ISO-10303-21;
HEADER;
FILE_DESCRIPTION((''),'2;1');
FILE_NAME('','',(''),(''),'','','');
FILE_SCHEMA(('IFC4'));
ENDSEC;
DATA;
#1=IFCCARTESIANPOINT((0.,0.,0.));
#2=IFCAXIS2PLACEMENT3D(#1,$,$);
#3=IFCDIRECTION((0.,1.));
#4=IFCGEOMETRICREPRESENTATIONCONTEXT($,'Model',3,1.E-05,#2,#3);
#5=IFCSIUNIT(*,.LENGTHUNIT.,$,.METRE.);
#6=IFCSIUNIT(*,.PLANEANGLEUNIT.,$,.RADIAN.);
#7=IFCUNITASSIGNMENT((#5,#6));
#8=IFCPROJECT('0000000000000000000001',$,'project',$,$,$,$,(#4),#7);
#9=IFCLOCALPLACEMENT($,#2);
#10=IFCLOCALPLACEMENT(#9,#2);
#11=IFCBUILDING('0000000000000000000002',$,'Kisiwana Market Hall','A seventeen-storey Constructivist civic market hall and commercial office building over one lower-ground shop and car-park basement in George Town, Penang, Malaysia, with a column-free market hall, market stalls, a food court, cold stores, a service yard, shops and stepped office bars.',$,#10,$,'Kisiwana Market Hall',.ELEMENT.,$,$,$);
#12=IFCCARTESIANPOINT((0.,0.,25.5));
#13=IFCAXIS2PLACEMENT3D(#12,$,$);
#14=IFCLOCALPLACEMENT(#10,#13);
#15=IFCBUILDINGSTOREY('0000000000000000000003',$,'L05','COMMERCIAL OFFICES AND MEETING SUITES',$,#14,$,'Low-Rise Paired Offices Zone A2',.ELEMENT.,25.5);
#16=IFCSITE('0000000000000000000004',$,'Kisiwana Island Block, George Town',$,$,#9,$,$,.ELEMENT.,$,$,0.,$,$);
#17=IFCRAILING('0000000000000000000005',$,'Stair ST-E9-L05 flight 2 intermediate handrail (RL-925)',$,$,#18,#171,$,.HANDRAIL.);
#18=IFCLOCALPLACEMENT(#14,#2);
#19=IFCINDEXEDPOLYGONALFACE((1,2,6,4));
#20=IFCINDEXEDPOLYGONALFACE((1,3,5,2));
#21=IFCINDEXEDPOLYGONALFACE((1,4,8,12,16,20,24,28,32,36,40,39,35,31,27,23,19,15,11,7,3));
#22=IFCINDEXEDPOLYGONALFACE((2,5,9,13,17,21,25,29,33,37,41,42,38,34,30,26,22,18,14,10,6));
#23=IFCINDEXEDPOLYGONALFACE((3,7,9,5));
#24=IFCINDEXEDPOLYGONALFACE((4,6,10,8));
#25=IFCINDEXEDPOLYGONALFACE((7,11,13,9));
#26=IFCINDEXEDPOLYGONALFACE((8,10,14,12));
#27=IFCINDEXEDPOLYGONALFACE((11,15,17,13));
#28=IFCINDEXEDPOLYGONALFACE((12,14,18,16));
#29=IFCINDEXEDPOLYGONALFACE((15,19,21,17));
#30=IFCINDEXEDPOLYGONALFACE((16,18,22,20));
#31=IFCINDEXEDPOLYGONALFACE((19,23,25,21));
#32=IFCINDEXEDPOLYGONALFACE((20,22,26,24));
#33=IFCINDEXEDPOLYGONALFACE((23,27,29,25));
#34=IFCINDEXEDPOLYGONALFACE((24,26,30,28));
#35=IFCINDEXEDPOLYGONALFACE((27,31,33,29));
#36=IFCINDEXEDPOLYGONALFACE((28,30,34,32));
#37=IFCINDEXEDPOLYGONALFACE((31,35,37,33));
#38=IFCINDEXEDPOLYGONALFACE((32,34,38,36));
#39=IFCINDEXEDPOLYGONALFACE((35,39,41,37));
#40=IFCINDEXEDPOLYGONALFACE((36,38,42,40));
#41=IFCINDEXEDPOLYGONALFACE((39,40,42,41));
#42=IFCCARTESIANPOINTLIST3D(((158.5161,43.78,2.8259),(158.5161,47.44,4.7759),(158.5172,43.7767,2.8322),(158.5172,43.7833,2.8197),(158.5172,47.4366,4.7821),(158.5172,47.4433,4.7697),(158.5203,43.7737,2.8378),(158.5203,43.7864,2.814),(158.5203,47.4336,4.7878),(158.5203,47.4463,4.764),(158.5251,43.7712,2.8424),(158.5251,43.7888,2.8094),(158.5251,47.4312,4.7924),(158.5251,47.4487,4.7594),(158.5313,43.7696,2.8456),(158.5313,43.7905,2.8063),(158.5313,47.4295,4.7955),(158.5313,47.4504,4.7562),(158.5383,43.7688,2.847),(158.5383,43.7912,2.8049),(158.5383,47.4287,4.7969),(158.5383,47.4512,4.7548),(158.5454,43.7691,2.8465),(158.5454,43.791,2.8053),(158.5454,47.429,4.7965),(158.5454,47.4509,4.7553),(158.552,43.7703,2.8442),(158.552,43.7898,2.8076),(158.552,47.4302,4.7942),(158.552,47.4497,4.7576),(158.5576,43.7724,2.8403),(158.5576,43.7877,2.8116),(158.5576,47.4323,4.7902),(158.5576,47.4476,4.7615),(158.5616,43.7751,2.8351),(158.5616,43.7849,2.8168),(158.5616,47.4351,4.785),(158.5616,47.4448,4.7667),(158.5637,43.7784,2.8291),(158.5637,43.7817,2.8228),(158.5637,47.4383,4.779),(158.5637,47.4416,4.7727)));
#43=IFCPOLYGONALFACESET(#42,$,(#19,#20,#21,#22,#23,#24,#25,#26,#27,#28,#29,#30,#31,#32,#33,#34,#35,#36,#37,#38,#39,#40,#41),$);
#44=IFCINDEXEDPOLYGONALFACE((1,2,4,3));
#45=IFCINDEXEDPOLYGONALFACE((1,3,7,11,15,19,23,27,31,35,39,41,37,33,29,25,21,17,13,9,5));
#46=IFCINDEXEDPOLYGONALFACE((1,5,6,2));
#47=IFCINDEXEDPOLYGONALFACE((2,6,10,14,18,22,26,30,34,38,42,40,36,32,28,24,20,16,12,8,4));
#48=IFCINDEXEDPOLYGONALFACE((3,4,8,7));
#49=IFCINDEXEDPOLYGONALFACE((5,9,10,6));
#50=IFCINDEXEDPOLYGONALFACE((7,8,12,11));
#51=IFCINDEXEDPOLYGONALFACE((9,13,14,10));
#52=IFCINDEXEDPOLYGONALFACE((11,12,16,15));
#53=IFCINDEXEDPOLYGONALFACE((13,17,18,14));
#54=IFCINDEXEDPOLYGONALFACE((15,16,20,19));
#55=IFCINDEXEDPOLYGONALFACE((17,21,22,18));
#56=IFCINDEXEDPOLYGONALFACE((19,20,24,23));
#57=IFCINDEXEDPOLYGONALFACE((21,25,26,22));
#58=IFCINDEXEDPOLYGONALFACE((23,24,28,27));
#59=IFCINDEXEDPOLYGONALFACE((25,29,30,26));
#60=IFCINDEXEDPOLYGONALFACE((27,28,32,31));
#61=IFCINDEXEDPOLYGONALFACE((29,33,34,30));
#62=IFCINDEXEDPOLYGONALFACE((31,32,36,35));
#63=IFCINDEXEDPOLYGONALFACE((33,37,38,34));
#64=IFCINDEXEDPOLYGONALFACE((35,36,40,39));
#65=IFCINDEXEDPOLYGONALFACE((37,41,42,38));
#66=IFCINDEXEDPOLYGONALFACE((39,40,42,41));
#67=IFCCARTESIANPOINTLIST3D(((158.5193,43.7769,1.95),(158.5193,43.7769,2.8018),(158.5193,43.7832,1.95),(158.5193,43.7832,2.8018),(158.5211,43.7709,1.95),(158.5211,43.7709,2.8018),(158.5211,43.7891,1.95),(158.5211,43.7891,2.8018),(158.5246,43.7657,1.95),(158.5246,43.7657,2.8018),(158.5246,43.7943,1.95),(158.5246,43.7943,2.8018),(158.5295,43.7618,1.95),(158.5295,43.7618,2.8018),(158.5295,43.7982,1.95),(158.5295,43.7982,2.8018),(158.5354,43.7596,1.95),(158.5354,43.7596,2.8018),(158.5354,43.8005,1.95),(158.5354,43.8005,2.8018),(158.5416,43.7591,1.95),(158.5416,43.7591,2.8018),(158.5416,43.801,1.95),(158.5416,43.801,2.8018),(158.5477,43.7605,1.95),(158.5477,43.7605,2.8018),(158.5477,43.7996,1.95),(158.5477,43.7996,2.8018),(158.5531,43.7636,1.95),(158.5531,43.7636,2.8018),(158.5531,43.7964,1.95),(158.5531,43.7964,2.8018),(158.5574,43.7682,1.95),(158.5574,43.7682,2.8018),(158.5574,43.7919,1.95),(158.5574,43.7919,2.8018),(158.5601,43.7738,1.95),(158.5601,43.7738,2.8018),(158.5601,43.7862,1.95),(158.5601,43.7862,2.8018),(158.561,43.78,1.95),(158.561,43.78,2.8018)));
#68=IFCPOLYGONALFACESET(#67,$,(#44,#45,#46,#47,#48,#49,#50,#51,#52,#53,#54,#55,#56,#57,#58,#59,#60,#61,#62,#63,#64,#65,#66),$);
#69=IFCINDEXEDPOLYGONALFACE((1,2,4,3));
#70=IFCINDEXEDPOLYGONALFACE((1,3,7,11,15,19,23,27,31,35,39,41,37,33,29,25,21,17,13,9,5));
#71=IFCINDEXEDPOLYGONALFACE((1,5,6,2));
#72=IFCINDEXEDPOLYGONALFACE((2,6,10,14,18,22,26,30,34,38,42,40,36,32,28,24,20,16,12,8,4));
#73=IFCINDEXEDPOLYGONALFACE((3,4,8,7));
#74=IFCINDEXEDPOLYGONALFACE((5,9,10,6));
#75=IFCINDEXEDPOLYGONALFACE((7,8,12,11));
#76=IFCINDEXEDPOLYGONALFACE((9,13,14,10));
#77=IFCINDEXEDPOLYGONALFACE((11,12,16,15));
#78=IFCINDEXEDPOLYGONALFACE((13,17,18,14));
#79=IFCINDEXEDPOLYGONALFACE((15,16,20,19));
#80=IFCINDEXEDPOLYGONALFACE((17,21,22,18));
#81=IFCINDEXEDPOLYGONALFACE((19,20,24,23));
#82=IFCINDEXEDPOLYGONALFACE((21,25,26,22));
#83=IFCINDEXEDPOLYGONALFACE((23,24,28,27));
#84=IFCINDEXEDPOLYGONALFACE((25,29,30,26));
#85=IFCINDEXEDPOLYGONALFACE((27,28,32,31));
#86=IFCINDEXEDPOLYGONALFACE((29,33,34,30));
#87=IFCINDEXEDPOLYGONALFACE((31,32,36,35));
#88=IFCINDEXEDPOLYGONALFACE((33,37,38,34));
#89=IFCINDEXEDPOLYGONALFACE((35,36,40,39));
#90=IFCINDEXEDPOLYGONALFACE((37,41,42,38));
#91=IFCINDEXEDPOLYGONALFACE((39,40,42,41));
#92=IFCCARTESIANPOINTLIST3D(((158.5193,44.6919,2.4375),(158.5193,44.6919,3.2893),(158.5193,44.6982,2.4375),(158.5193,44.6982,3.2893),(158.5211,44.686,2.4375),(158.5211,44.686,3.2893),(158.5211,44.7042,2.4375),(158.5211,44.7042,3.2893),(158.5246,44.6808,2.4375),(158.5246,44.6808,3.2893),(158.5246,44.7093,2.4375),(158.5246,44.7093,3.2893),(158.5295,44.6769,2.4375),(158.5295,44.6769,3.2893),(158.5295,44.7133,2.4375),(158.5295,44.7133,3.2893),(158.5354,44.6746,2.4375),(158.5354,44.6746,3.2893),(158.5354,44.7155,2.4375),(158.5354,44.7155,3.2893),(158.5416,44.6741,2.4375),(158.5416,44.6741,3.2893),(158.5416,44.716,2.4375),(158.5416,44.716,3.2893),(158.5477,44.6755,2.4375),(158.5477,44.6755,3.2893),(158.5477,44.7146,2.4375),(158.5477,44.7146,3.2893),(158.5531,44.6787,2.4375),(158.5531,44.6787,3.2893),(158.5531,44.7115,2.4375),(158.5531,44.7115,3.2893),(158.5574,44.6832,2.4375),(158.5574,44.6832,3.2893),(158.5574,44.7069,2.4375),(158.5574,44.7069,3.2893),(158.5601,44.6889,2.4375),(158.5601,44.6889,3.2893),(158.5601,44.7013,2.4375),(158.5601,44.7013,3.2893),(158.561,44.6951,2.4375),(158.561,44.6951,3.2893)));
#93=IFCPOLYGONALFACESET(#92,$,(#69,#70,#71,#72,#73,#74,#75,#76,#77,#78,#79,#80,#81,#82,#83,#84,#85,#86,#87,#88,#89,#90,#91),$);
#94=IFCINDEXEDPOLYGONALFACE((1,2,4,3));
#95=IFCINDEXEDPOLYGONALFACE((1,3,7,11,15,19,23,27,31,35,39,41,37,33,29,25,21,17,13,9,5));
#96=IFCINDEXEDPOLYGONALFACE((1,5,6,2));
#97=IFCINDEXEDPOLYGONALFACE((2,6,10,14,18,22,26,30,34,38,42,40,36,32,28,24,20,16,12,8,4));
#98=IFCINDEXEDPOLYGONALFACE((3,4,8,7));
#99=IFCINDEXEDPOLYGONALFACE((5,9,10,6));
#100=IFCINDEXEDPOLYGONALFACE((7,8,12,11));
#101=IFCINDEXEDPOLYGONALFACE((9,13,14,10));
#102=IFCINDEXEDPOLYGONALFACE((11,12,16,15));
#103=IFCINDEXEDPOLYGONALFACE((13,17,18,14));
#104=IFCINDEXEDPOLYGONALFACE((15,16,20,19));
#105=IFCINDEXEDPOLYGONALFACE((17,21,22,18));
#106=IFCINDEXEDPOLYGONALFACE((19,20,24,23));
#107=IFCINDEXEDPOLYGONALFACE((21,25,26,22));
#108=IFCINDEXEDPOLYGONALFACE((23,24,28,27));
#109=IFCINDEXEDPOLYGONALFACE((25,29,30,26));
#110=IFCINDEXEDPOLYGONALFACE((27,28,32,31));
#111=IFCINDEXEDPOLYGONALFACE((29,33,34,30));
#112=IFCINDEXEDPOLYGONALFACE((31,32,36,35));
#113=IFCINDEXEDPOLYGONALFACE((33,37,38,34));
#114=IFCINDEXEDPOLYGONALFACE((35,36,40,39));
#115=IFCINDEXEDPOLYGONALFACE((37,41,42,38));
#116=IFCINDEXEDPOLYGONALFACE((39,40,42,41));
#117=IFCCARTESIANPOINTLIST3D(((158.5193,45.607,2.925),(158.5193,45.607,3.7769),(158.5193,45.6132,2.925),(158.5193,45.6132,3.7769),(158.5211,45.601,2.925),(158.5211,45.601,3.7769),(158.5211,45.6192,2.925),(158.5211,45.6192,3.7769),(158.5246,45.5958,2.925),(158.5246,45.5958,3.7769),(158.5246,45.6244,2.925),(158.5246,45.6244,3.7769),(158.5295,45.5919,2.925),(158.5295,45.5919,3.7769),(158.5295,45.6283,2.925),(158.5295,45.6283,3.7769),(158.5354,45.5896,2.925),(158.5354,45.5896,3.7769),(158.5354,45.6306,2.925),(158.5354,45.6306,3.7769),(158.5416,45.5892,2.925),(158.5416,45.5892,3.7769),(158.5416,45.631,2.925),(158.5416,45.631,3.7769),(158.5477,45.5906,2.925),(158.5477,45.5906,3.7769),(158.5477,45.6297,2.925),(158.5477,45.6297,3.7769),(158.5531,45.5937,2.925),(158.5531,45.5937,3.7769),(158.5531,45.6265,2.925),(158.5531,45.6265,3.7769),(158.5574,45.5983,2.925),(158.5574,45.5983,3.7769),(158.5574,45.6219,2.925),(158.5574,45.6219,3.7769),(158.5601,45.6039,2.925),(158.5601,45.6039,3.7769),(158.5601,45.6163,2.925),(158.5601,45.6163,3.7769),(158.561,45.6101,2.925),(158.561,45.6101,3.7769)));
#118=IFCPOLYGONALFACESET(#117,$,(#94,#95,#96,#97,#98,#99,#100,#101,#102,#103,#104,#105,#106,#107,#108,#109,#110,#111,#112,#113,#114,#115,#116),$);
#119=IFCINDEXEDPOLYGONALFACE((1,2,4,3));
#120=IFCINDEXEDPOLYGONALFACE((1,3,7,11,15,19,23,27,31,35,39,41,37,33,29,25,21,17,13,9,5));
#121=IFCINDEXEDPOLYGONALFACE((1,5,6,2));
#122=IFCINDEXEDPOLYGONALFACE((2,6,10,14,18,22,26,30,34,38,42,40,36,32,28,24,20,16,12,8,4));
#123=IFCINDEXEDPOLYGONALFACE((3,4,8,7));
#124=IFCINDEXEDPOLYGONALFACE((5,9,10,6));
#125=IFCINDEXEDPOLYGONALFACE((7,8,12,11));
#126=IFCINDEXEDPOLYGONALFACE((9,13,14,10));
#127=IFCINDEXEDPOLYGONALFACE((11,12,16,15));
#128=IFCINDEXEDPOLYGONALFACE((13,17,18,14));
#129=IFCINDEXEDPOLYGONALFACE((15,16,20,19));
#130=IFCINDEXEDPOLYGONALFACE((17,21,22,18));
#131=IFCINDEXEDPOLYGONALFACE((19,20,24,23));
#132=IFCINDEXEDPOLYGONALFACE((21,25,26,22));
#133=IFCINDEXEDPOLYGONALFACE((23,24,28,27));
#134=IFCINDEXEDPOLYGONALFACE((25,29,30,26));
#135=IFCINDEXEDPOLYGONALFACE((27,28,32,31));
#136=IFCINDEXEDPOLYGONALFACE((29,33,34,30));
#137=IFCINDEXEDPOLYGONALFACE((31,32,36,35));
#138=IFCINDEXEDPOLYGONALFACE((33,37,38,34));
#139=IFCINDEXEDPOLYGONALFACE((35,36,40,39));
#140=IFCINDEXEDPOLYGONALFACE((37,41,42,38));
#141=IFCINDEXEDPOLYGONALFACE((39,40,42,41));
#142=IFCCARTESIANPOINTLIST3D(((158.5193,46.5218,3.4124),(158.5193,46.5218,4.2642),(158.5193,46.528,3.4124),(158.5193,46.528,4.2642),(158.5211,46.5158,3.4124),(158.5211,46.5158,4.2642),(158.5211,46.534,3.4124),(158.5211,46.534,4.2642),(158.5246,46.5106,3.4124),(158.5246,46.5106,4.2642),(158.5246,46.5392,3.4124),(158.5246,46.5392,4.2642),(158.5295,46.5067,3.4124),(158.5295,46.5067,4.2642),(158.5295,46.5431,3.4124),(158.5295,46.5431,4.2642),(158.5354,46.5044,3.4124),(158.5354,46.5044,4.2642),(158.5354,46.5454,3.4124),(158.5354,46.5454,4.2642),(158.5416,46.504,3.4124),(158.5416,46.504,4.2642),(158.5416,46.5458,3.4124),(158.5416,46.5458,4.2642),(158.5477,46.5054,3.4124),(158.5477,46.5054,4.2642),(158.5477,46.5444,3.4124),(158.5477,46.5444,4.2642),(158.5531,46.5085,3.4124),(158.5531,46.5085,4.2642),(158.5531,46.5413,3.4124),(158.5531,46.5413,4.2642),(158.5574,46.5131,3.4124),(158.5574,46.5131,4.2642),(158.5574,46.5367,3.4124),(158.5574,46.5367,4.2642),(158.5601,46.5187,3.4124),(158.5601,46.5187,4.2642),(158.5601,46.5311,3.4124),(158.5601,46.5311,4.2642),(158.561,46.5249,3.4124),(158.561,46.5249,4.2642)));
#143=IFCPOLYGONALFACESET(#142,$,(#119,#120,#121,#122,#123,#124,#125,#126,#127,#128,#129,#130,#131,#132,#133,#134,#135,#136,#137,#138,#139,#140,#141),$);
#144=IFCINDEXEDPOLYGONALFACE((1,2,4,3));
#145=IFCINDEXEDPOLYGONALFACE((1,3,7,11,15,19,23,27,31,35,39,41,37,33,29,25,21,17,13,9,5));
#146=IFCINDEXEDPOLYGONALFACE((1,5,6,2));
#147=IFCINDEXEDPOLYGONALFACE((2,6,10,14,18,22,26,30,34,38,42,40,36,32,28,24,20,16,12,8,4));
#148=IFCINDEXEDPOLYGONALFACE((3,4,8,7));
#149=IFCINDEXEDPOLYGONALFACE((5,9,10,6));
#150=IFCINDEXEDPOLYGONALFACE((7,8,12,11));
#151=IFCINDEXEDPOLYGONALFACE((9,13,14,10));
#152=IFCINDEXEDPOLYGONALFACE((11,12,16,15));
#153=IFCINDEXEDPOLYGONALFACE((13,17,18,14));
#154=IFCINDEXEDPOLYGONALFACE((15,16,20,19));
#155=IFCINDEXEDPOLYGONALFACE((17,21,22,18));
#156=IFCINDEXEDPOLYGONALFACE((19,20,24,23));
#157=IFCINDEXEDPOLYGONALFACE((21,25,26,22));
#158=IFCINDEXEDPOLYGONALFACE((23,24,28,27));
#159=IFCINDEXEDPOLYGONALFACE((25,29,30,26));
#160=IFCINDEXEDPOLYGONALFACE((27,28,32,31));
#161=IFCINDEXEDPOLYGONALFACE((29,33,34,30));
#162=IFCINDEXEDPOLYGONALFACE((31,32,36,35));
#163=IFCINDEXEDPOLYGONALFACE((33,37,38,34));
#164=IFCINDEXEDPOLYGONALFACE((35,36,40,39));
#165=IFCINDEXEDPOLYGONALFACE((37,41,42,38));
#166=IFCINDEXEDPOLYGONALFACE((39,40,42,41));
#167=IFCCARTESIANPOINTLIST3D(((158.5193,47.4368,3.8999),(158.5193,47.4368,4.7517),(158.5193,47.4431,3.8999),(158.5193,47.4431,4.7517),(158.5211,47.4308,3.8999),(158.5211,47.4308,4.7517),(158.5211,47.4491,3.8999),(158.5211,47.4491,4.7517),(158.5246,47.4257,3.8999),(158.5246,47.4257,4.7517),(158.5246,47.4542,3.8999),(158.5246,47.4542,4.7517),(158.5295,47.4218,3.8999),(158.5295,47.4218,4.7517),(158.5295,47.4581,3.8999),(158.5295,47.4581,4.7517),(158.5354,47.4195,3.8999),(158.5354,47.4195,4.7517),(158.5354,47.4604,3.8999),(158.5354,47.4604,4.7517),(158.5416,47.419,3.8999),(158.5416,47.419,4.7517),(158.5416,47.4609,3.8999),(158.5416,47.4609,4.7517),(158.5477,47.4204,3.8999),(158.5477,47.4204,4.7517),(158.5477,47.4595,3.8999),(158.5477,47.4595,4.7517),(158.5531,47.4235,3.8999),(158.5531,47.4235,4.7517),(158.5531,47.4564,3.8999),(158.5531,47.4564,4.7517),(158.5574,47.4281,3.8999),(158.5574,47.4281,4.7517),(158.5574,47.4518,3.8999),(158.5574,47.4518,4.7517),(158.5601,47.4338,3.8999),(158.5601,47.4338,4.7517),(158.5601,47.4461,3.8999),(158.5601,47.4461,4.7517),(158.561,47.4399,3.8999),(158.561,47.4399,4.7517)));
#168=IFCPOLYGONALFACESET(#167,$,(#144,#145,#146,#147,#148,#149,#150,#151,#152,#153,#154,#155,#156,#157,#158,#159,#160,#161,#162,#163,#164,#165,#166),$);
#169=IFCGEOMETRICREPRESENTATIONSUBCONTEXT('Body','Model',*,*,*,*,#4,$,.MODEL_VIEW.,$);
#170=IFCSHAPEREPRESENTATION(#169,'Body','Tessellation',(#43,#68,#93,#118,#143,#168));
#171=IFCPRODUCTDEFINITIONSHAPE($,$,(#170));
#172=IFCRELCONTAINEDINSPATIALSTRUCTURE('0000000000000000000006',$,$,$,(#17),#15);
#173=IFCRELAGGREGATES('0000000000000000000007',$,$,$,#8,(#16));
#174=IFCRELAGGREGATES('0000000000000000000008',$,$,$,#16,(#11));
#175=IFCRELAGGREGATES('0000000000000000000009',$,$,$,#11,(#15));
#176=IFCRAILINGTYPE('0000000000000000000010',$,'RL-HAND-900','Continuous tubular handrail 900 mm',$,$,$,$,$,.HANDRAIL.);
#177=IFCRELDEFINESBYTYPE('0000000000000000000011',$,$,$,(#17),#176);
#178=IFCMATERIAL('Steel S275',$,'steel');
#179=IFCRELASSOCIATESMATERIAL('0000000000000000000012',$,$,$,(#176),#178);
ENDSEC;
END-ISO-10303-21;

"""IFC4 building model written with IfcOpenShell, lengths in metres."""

from ifc_helpers import new_model, si_unit, direction, frame, origin, origin_2d, place, context, subcontext, project, spatial, circle, extrude, material, type_object, element, save


model = new_model("IFC4")

# Units and contexts
model_context = context("Model", 3, precision=1e-05, world=origin(), true_north=direction((0.0, 1.0)))
body_context = subcontext(model_context, "Body", "Model", "MODEL_VIEW")
ifc_project = project(units=[si_unit("LENGTHUNIT", "METRE"), si_unit("PLANEANGLEUNIT", "RADIAN")], contexts=[model_context])

# Site, building, storey
site_placement = place(None, origin())
site = spatial("IfcSite", under=ifc_project, at=site_placement, Name="Kisiwana Island Block, George Town", CompositionType="ELEMENT", RefElevation=0.0)
building_placement = place(site_placement, origin())
building = spatial("IfcBuilding", under=site, at=building_placement, Name="Kisiwana Market Hall", Description="A seventeen-storey Constructivist civic market hall and commercial office building over one lower-ground shop and car-park basement in George Town, Penang, Malaysia, with a column-free market hall, market stalls, a food court, cold stores, a service yard, shops and stepped office bars.", LongName="Kisiwana Market Hall", CompositionType="ELEMENT")
storey_placement = place(building_placement, frame((0.0, 0.0, 25.5)))
storey = spatial("IfcBuildingStorey", under=building, at=storey_placement, Name="L05", Description="COMMERCIAL OFFICES AND MEETING SUITES", LongName="Low-Rise Paired Offices Zone A2", CompositionType="ELEMENT", Elevation=25.5)

# Railing
ifc_material_1 = material(Name="Steel S275", Category="steel")
railing_type_1 = type_object("IfcRailingType", Name="RL-HAND-900", Description="Continuous tubular handrail 900 mm", PredefinedType="HANDRAIL", material=ifc_material_1)
railing_1_placement = place(storey_placement, frame((158.54, 43.78, 1.95)))
element("IfcRailing", 1, at=railing_1_placement, inside=storey, type_object=railing_type_1, Name="Stair ST-E9-L05 flight 2 intermediate handrail (RL-925)", PredefinedType="HANDRAIL", context=body_context, shape_type="SweptSolid", body=[
    extrude(circle(Radius=0.0239, at=origin_2d()), frame((0.0, 0.0, 0.876), z_axis=(0.0, 0.882553, 0.470212), x_axis=(-1.0, 0.0, 0.0)), (0.0, 0.0, 1.0), 4.147),
    extrude(circle(Radius=0.021, at=origin_2d()), origin(), (0.0, 0.0, 1.0), 0.8518),
    extrude(circle(Radius=0.021, at=origin_2d()), frame((0.0, 0.915, 0.4875)), (0.0, 0.0, 1.0), 0.8518),
    extrude(circle(Radius=0.021, at=origin_2d()), frame((0.0, 1.8301, 0.9751)), (0.0, 0.0, 1.0), 0.8518),
    extrude(circle(Radius=0.021, at=origin_2d()), frame((0.0, 2.7449, 1.4624)), (0.0, 0.0, 1.0), 0.8518),
    extrude(circle(Radius=0.021, at=origin_2d()), frame((0.0, 3.6599, 1.95)), (0.0, 0.0, 1.0), 0.8518),
])

save(model, "model.ifc")
